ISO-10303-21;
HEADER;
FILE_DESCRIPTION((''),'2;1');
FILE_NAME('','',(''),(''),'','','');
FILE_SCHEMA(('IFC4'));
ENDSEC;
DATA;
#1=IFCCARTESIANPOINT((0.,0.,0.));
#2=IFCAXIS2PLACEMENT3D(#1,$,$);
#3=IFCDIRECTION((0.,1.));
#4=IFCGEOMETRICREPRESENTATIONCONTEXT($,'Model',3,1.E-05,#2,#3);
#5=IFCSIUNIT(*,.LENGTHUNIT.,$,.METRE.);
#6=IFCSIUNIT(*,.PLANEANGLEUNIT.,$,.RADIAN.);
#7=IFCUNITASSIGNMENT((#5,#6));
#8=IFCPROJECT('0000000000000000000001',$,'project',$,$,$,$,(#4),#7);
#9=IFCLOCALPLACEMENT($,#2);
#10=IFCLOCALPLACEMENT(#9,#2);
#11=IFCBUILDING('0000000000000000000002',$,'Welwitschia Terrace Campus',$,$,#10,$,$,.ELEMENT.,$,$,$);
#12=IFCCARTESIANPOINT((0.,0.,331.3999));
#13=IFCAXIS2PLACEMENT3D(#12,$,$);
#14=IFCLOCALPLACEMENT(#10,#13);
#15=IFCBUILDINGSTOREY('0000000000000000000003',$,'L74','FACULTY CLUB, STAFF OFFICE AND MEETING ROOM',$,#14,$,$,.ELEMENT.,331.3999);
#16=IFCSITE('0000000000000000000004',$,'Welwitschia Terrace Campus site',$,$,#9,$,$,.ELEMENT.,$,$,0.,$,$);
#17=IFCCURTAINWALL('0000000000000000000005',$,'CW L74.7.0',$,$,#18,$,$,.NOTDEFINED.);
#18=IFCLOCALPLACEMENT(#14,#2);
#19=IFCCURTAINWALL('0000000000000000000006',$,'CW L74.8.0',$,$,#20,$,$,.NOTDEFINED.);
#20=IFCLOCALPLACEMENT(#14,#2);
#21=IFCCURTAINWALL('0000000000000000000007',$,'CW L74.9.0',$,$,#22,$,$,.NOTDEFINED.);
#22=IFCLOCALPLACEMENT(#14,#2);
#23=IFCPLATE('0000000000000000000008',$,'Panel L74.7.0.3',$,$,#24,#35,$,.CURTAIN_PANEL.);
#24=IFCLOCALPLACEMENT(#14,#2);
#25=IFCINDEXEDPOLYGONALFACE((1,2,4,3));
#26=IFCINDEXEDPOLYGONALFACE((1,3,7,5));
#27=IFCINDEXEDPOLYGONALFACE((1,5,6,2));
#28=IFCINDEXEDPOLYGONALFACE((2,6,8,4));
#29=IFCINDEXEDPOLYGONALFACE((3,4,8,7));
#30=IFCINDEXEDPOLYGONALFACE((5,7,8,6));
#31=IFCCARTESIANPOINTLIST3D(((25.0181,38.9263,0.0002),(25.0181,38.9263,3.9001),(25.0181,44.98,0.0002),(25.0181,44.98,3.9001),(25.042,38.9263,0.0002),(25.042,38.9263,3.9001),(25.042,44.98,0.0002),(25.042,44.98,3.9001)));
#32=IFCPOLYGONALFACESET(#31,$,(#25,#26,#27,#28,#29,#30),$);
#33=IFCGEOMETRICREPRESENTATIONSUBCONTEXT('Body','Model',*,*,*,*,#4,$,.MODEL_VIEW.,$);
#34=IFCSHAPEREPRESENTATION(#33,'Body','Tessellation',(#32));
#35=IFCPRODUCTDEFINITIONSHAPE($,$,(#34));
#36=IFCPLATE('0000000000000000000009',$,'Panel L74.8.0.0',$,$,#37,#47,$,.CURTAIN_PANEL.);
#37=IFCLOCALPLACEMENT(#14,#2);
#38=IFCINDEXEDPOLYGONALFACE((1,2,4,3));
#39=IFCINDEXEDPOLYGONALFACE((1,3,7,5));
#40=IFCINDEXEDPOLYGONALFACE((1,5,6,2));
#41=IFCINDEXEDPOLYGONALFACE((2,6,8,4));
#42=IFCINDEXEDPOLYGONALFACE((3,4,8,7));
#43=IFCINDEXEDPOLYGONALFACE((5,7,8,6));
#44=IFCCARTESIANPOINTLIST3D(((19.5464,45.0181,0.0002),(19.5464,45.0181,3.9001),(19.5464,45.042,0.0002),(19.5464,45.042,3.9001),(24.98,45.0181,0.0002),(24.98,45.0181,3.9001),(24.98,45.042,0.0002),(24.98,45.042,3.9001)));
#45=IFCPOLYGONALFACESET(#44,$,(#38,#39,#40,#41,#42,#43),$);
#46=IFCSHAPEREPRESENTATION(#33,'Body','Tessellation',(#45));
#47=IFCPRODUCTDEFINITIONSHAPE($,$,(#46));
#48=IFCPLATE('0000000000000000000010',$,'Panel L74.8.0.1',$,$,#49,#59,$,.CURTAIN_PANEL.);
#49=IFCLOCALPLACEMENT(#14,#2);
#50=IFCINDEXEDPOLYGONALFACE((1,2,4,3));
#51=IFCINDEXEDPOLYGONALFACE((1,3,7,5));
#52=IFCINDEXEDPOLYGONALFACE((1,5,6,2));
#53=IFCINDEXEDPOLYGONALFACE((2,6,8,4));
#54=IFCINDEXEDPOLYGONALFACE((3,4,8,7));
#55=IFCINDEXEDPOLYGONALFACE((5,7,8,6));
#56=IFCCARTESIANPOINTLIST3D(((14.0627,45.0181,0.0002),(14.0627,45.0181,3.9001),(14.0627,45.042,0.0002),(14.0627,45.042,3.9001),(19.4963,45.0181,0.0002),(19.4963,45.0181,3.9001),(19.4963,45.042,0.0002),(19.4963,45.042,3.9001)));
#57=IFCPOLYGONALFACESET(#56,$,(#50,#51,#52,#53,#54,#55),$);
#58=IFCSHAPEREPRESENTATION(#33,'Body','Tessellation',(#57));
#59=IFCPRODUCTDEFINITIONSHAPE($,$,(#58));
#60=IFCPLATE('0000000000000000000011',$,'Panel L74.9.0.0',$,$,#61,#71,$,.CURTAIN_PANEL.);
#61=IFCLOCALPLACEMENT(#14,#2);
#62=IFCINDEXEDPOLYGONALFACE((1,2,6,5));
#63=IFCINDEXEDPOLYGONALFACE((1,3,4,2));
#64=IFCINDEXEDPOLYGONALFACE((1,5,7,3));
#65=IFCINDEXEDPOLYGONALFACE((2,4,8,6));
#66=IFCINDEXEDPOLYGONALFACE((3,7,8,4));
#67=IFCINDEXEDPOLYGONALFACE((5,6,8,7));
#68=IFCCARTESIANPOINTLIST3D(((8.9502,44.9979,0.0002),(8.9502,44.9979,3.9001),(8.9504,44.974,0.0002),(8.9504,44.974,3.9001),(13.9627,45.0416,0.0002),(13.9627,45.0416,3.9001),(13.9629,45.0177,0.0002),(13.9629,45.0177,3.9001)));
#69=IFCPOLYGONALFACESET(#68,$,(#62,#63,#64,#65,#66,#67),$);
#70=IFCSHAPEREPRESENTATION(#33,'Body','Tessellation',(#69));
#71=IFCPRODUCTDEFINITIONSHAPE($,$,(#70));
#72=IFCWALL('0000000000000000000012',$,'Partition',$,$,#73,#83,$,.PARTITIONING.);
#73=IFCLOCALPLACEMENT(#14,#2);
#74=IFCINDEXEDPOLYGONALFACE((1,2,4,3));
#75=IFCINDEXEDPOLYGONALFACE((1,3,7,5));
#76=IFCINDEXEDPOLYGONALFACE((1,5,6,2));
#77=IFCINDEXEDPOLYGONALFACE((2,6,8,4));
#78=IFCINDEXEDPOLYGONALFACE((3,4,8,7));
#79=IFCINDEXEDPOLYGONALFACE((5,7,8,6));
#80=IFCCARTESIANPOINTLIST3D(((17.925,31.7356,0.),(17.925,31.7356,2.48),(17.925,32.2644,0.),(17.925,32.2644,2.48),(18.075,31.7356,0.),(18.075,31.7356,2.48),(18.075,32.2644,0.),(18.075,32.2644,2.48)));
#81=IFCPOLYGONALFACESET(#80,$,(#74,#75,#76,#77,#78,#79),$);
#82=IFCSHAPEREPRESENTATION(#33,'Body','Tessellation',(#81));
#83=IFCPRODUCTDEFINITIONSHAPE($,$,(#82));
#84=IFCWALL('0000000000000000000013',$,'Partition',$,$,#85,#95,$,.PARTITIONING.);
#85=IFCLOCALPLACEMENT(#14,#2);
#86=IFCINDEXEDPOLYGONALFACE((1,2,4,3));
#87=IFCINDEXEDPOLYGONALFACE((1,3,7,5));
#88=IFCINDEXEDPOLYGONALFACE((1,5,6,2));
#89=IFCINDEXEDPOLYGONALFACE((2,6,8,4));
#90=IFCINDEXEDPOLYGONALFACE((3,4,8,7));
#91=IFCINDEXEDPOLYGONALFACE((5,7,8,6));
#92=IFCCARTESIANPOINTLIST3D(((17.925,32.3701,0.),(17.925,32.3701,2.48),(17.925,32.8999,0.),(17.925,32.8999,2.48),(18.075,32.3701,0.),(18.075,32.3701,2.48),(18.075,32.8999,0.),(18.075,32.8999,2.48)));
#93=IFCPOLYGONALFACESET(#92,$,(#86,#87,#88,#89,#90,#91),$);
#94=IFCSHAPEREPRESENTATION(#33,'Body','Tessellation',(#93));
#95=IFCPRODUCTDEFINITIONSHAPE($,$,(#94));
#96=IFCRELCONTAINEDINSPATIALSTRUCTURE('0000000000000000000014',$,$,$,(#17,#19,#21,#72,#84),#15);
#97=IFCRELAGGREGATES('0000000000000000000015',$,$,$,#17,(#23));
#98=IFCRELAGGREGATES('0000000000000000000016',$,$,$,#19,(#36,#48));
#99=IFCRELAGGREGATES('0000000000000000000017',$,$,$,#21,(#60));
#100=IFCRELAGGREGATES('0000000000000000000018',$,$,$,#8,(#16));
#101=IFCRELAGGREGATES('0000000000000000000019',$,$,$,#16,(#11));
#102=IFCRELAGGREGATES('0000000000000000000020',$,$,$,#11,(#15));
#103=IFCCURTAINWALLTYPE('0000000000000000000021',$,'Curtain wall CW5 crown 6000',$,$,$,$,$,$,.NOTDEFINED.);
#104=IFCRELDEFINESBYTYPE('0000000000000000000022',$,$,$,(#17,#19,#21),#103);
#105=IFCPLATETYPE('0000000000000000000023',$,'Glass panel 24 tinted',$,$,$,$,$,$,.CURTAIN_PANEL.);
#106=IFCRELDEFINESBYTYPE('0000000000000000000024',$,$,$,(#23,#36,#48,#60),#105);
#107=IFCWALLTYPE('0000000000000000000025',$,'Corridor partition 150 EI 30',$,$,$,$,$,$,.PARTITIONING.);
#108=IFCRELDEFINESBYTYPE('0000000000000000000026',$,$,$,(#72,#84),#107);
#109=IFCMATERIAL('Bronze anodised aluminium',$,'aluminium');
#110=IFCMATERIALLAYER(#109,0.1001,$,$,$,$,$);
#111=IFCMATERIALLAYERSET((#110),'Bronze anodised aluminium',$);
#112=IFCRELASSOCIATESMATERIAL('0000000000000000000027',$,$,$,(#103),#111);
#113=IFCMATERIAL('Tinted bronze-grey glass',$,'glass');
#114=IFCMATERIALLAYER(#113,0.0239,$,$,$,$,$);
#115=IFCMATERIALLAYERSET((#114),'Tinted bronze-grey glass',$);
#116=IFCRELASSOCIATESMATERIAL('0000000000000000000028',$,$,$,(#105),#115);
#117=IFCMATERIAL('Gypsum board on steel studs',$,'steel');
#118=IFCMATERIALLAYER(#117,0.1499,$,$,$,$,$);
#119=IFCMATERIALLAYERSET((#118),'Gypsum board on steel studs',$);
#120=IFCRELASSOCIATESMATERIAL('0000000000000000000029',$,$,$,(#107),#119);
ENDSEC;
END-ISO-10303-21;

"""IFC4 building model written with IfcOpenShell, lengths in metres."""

from ifc_helpers import new_model, si_unit, direction, frame, frame_2d, origin, origin_2d, place, context, subcontext, project, spatial, rectangle, extrude, material, layer, layer_set, type_object, element, aggregate, save


model = new_model("IFC4")

# Units and contexts
model_context = context("Model", 3, precision=1e-05, world=origin(), true_north=direction((0.0, 1.0)))
body_context = subcontext(model_context, "Body", "Model", "MODEL_VIEW")
ifc_project = project(units=[si_unit("LENGTHUNIT", "METRE"), si_unit("PLANEANGLEUNIT", "RADIAN")], contexts=[model_context])

# Site, building, storey
site_placement = place(None, origin())
site = spatial("IfcSite", under=ifc_project, at=site_placement, Name="Welwitschia Terrace Campus site", CompositionType="ELEMENT", RefElevation=0.0)
building_placement = place(site_placement, origin())
building = spatial("IfcBuilding", under=site, at=building_placement, Name="Welwitschia Terrace Campus", CompositionType="ELEMENT")
storey_placement = place(building_placement, frame((0.0, 0.0, 331.3999)))
storey = spatial("IfcBuildingStorey", under=building, at=storey_placement, Name="L74", Description="FACULTY CLUB, STAFF OFFICE AND MEETING ROOM", CompositionType="ELEMENT", Elevation=331.3999)

# Curtain walls
ifc_material_1 = material(Name="Bronze anodised aluminium", Category="aluminium")
ifc_layer_1 = layer(ifc_material_1, 0.1001)
ifc_layer_set_1 = layer_set([ifc_layer_1], Name="Bronze anodised aluminium")
curtain_wall_type = type_object("IfcCurtainWallType", Name="Curtain wall CW5 crown 6000", PredefinedType="NOTDEFINED", material=ifc_layer_set_1)
curtain_wall_1_placement = place(storey_placement, origin())
curtain_wall_1 = element("IfcCurtainWall", 1, at=curtain_wall_1_placement, inside=storey, type_object=curtain_wall_type, Name="CW L74.7.0", PredefinedType="NOTDEFINED")
curtain_wall_2_placement = place(storey_placement, origin())
curtain_wall_2 = element("IfcCurtainWall", 2, at=curtain_wall_2_placement, inside=storey, type_object=curtain_wall_type, Name="CW L74.8.0", PredefinedType="NOTDEFINED")

# Curtain wall
curtain_wall_3_placement = place(storey_placement, origin())
curtain_wall_3 = element("IfcCurtainWall", 3, at=curtain_wall_3_placement, inside=storey, type_object=curtain_wall_type, Name="CW L74.9.0", PredefinedType="NOTDEFINED")

# Plates
ifc_material_2 = material(Name="Tinted bronze-grey glass", Category="glass")
ifc_layer_2 = layer(ifc_material_2, 0.0239)
ifc_layer_set_2 = layer_set([ifc_layer_2], Name="Tinted bronze-grey glass")
plate_type = type_object("IfcPlateType", Name="Glass panel 24 tinted", PredefinedType="CURTAIN_PANEL", material=ifc_layer_set_2)
plate_1_placement = place(storey_placement, frame((25.03, 41.9531, 0.0002), z_axis=(0.0, 0.0, 1.0), x_axis=(0.0, 1.0, 0.0)))
plate_1 = element("IfcPlate", 4, at=plate_1_placement, type_object=plate_type, Name="Panel L74.7.0.3", PredefinedType="CURTAIN_PANEL", context=body_context, shape_type="SweptSolid", body=[
    extrude(rectangle(XDim=6.0537, YDim=0.0239, at=origin_2d()), origin(), (0.0, 0.0, 1.0), 3.8999),
])
aggregate(curtain_wall_1, [plate_1])
plate_2_placement = place(storey_placement, frame((22.2632, 45.03, 0.0002), z_axis=(0.0, 0.0, 1.0), x_axis=(-1.0, 0.0, 0.0)))
plate_2 = element("IfcPlate", 5, at=plate_2_placement, type_object=plate_type, Name="Panel L74.8.0.0", PredefinedType="CURTAIN_PANEL", context=body_context, shape_type="SweptSolid", body=[
    extrude(rectangle(XDim=5.4336, YDim=0.0239, at=origin_2d()), origin(), (0.0, 0.0, 1.0), 3.8999),
])
plate_3_placement = place(storey_placement, frame((16.7795, 45.03, 0.0002), z_axis=(0.0, 0.0, 1.0), x_axis=(-1.0, 0.0, 0.0)))
plate_3 = element("IfcPlate", 6, at=plate_3_placement, type_object=plate_type, Name="Panel L74.8.0.1", PredefinedType="CURTAIN_PANEL", context=body_context, shape_type="SweptSolid", body=[
    extrude(rectangle(XDim=5.4336, YDim=0.0239, at=origin_2d()), origin(), (0.0, 0.0, 1.0), 3.8999),
])
aggregate(curtain_wall_2, [plate_2, plate_3])
plate_4_placement = place(storey_placement, frame((11.4565, 45.0078, 0.0002), z_axis=(0.0, 0.0, 1.0), x_axis=(-0.999962, -0.008727, 0.0)))
plate_4 = element("IfcPlate", 7, at=plate_4_placement, type_object=plate_type, Name="Panel L74.9.0.0", PredefinedType="CURTAIN_PANEL", context=body_context, shape_type="SweptSolid", body=[
    extrude(rectangle(XDim=5.0127, YDim=0.0239, at=origin_2d()), origin(), (0.0, 0.0, 1.0), 3.8999),
])
aggregate(curtain_wall_3, [plate_4])

# Walls
ifc_material_3 = material(Name="Gypsum board on steel studs", Category="steel")
ifc_layer_3 = layer(ifc_material_3, 0.1499)
ifc_layer_set_3 = layer_set([ifc_layer_3], Name="Gypsum board on steel studs")
wall_type = type_object("IfcWallType", Name="Corridor partition 150 EI 30", PredefinedType="PARTITIONING", material=ifc_layer_set_3)
wall_1_placement = place(storey_placement, frame((18.0, 31.7356, 0.0), z_axis=(0.0, 0.0, 1.0), x_axis=(0.0, 1.0, 0.0)))
element("IfcWall", 8, at=wall_1_placement, inside=storey, type_object=wall_type, Name="Partition", PredefinedType="PARTITIONING", context=body_context, shape_type="SweptSolid", body=[
    extrude(rectangle(XDim=0.5288, YDim=0.1499, at=frame_2d((0.2644, 0.0))), origin(), (0.0, 0.0, 1.0), 2.48),
])
wall_2_placement = place(storey_placement, frame((18.0, 32.3701, 0.0), z_axis=(0.0, 0.0, 1.0), x_axis=(0.0, 1.0, 0.0)))
element("IfcWall", 9, at=wall_2_placement, inside=storey, type_object=wall_type, Name="Partition", PredefinedType="PARTITIONING", context=body_context, shape_type="SweptSolid", body=[
    extrude(rectangle(XDim=0.5298, YDim=0.1499, at=frame_2d((0.2649, 0.0))), origin(), (0.0, 0.0, 1.0), 2.48),
])

save(model, "model.ifc")
